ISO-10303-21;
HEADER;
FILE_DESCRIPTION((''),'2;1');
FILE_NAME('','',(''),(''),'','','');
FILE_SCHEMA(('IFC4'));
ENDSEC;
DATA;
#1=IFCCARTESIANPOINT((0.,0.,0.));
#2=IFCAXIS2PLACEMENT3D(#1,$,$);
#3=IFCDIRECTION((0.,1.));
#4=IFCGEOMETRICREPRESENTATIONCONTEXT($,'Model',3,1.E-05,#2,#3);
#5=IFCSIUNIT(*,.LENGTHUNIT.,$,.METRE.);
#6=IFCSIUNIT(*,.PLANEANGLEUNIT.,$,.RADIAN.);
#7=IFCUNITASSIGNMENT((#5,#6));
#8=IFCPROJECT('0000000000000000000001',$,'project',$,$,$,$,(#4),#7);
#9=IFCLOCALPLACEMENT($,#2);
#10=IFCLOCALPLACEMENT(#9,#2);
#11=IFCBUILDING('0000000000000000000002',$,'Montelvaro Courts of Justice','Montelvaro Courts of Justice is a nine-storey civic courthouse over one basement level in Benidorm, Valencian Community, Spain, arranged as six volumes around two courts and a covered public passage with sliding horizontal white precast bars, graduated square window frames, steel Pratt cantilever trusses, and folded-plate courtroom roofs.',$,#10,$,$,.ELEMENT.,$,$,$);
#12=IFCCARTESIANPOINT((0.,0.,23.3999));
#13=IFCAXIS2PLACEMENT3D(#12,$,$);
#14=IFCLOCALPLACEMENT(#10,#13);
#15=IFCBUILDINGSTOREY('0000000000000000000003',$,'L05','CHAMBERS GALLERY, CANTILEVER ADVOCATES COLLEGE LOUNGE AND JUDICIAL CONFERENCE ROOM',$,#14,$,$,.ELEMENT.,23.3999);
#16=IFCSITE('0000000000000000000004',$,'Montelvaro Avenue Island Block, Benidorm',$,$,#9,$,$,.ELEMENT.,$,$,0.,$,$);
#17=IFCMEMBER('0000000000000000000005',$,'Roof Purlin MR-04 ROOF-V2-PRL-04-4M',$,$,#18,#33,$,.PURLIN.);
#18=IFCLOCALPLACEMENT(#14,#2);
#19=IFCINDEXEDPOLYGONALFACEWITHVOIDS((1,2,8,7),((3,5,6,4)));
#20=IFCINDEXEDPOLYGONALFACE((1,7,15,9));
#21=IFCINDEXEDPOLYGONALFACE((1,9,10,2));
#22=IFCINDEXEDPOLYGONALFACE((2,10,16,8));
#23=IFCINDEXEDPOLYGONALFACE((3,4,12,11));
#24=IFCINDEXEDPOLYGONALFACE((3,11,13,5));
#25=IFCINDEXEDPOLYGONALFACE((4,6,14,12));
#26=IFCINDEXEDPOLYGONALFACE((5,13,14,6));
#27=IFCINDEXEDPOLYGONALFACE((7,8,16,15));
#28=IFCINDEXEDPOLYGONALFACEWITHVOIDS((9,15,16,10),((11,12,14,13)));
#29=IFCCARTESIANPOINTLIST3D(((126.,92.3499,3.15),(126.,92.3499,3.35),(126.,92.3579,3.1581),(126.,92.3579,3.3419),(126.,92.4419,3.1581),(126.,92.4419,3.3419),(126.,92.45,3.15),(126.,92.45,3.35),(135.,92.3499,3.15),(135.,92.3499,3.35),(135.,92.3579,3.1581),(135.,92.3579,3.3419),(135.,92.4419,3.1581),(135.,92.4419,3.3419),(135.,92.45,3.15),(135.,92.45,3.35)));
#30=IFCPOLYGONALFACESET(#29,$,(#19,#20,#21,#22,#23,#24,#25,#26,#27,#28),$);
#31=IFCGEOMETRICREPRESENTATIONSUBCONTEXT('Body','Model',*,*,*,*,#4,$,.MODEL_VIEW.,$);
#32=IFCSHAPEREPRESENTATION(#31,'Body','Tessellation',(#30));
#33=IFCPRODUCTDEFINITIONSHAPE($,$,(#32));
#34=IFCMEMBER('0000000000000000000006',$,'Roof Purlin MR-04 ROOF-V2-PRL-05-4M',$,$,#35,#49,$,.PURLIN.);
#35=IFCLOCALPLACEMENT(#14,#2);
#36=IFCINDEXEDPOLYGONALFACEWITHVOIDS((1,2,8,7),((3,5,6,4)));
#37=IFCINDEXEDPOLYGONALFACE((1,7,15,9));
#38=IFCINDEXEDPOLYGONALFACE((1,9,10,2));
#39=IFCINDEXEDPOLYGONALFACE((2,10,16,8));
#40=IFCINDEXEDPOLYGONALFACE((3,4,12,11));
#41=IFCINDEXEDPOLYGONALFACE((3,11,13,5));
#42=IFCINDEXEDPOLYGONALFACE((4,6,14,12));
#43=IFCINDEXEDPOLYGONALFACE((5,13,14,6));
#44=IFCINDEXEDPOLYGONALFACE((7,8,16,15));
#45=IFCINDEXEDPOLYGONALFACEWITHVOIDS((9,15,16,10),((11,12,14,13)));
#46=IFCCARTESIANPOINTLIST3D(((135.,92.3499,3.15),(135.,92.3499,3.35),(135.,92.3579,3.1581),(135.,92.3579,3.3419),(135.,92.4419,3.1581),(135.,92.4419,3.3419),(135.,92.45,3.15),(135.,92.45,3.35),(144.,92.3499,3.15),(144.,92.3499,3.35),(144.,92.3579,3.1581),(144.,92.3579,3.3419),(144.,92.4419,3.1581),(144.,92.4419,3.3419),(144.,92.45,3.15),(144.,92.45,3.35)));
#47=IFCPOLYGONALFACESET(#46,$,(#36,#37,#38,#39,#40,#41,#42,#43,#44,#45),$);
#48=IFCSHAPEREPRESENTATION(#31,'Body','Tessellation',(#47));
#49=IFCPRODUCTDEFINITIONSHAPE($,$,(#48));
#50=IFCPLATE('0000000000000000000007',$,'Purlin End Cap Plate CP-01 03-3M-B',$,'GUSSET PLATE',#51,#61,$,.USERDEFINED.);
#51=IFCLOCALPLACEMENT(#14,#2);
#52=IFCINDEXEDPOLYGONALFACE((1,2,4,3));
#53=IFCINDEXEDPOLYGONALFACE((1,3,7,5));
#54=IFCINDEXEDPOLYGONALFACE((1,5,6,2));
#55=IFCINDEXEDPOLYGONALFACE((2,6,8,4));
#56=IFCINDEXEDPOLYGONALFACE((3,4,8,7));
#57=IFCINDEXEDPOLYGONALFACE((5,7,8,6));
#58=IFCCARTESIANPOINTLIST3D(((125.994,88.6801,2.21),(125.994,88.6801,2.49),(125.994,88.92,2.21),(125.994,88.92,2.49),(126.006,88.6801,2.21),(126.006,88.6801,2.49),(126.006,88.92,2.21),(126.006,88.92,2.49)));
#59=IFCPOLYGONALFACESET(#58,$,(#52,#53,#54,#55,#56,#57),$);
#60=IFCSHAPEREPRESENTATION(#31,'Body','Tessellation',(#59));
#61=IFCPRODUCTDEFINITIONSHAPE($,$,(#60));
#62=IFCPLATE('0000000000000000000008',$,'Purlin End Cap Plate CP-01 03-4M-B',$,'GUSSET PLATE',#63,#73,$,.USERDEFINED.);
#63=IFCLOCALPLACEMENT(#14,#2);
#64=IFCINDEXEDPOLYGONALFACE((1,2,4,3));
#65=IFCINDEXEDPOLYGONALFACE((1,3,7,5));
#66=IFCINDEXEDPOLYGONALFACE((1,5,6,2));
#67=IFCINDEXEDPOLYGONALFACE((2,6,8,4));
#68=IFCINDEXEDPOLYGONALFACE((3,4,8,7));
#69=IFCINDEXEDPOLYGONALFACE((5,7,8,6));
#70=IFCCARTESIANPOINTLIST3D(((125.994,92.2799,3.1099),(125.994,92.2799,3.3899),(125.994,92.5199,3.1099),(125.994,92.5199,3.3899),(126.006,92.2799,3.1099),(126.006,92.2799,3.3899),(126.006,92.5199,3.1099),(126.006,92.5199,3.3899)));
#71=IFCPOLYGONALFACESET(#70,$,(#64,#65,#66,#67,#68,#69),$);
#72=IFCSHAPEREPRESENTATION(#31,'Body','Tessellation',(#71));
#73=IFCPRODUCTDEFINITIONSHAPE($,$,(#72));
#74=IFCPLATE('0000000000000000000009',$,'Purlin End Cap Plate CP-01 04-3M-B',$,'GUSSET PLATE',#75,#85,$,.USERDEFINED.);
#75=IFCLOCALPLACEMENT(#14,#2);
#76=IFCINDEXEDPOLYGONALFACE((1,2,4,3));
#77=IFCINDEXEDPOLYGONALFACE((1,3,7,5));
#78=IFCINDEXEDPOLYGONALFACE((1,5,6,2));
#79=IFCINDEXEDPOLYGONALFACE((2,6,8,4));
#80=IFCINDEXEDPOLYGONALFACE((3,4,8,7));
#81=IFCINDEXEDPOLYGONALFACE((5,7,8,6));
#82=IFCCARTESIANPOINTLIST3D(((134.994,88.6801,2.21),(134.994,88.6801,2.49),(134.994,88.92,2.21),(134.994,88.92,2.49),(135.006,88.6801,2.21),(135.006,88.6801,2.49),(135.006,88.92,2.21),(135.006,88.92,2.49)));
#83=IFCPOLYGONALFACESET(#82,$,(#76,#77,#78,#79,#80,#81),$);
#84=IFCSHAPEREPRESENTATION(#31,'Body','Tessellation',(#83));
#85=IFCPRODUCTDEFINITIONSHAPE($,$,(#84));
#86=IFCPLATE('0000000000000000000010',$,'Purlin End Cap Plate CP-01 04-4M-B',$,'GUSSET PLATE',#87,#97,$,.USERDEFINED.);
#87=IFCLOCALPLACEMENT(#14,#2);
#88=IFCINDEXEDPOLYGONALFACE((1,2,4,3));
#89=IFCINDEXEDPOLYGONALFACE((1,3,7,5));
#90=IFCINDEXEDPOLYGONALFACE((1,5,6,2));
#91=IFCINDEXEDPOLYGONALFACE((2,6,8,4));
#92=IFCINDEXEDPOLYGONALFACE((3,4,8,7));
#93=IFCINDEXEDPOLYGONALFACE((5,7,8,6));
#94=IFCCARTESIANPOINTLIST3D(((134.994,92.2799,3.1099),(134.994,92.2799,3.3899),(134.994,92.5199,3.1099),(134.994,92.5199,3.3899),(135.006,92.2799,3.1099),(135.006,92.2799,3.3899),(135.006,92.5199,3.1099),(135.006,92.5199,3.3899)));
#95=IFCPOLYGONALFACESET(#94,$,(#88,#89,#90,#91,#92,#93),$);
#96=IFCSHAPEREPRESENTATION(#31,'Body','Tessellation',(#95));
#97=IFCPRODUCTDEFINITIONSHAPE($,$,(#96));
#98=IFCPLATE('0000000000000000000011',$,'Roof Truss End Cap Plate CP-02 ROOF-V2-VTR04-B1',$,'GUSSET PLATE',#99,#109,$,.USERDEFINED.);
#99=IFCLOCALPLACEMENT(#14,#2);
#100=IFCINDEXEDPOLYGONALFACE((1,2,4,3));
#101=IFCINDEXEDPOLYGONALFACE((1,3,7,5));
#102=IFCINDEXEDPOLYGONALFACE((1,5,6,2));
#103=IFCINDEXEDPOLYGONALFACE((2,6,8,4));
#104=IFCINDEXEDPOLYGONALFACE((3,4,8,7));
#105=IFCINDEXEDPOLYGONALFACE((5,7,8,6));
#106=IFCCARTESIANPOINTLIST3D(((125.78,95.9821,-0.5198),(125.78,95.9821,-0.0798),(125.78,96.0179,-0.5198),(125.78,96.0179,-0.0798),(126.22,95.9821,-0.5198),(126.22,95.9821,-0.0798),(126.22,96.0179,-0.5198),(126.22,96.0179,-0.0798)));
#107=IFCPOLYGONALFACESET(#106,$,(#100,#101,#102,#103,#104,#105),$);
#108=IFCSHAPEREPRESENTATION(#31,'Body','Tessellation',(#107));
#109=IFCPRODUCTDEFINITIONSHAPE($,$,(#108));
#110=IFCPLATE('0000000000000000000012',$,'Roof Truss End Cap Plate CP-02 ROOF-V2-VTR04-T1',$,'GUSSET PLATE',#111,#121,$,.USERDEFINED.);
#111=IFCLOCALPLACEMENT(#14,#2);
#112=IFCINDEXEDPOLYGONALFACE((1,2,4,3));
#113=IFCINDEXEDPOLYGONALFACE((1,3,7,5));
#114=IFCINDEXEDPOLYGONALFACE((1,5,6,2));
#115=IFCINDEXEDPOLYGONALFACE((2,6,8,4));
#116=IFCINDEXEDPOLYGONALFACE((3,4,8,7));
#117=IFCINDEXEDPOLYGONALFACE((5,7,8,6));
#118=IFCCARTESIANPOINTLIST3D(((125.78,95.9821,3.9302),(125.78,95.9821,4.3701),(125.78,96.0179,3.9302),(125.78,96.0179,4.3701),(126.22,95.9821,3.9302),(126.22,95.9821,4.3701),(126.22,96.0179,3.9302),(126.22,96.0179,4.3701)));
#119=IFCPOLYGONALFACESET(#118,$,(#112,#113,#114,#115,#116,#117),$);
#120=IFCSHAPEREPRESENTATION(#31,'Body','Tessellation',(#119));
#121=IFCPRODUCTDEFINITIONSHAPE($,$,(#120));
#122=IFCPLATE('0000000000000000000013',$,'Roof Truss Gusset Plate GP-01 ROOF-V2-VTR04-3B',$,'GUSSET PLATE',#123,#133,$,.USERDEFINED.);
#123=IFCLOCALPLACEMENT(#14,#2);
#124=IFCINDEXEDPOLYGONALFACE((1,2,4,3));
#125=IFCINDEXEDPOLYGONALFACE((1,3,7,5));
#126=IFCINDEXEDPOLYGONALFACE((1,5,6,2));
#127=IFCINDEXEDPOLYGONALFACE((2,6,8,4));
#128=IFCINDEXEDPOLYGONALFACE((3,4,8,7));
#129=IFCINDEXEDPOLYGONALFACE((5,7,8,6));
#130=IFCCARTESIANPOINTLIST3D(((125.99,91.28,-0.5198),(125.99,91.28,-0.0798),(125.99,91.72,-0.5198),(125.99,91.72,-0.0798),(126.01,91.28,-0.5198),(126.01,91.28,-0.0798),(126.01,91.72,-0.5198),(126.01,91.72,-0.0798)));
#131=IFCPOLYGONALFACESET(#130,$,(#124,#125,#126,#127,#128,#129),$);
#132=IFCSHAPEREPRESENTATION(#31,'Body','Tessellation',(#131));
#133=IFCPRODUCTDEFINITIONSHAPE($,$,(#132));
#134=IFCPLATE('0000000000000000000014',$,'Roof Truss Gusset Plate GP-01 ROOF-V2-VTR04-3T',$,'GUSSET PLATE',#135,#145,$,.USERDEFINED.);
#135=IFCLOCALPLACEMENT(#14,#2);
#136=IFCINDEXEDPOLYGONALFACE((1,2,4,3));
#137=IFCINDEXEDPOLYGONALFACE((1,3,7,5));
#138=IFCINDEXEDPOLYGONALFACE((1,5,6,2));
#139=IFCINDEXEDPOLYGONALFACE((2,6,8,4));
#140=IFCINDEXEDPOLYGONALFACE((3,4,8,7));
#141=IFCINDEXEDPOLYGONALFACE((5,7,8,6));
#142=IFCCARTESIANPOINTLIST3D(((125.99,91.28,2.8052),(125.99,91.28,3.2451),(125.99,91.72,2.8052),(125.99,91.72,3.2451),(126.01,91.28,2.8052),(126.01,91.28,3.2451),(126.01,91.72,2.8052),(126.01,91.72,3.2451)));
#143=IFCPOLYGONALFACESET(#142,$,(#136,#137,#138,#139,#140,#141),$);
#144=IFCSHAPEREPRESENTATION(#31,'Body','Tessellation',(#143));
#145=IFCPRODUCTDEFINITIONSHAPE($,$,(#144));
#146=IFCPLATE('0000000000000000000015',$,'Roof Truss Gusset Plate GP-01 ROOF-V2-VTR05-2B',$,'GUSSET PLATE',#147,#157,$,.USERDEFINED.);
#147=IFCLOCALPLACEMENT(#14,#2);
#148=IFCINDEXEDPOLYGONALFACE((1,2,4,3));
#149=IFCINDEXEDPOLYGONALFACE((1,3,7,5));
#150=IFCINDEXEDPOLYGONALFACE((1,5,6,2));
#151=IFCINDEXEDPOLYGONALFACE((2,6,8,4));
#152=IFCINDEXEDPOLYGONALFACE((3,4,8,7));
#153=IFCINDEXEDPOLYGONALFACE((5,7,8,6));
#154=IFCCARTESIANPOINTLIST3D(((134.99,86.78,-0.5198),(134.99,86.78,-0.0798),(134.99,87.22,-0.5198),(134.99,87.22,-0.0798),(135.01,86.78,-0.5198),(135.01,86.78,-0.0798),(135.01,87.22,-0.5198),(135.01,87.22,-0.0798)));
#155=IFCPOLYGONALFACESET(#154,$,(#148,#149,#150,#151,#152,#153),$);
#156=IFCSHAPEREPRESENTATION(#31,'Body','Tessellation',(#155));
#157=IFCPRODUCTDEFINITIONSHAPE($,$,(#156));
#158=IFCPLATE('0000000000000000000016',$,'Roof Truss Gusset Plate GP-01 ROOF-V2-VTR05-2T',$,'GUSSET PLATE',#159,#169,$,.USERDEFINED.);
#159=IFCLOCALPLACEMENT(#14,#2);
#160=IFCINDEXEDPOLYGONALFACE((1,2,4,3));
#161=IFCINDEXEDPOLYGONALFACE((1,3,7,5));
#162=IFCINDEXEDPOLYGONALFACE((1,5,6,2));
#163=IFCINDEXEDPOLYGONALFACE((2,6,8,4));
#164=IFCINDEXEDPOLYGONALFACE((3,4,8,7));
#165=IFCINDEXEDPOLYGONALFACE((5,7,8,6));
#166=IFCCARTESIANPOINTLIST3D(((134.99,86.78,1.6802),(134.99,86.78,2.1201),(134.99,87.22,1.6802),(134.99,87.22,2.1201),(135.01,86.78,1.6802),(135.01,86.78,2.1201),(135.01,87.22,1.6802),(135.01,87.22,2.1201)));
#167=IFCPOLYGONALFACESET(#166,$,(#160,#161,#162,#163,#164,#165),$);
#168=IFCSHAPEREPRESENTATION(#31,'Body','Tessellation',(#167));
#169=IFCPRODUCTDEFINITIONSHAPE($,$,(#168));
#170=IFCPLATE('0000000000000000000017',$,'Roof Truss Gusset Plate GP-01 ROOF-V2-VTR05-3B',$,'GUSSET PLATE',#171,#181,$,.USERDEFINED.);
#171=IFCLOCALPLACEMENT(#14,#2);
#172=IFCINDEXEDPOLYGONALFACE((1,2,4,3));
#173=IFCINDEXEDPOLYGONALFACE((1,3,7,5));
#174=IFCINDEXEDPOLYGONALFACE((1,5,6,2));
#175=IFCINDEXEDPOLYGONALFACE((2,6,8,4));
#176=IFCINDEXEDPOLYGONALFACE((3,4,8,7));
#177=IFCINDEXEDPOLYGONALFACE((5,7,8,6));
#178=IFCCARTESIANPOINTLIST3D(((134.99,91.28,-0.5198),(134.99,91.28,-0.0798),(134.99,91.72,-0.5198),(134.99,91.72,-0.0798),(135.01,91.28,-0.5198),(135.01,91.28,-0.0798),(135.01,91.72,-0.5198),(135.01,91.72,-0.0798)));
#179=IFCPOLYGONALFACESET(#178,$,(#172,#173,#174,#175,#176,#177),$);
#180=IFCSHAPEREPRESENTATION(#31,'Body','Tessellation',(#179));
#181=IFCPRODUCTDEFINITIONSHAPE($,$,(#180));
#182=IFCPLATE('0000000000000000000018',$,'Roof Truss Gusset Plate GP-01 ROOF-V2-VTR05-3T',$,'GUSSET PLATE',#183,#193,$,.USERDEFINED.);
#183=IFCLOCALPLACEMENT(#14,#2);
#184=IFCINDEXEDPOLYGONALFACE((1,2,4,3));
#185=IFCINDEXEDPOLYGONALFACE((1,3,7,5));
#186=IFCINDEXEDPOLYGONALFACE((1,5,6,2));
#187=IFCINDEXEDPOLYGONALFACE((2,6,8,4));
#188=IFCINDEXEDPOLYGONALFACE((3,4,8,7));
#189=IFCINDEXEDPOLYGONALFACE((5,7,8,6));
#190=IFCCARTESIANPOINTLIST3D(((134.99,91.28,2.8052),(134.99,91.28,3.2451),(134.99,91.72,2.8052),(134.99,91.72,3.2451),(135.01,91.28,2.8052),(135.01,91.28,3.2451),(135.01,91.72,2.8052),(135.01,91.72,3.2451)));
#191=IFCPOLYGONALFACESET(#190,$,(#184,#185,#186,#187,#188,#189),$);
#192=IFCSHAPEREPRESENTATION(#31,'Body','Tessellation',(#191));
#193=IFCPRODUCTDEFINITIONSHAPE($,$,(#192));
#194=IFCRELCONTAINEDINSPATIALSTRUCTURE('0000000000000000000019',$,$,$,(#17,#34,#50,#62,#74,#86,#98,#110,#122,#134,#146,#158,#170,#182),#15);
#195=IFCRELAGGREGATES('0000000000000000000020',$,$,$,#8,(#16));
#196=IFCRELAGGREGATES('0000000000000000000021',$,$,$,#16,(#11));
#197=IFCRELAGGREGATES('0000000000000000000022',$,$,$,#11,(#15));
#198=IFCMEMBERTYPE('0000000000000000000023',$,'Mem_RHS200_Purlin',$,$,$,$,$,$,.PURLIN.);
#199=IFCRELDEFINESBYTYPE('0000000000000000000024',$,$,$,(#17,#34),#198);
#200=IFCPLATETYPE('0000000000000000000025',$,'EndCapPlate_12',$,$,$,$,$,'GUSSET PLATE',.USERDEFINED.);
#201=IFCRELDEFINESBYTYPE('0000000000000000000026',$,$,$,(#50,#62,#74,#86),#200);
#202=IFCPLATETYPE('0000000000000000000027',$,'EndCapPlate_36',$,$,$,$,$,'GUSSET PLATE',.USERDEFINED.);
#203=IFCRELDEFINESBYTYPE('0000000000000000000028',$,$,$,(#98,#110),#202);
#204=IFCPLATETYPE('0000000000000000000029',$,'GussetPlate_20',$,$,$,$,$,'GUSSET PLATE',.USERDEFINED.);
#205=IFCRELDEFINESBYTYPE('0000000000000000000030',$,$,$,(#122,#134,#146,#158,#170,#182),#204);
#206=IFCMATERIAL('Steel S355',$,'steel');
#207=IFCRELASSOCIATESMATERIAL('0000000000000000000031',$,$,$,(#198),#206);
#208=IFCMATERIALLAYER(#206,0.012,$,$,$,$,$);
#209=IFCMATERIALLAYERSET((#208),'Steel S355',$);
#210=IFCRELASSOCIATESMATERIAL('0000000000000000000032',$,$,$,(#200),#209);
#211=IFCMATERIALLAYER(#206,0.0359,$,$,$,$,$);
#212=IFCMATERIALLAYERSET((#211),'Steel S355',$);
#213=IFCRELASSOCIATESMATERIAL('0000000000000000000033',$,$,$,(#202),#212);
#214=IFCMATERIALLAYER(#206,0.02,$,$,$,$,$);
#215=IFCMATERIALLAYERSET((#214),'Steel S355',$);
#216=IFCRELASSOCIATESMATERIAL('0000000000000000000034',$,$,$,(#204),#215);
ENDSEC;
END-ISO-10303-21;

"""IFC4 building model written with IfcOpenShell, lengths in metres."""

from ifc_helpers import new_model, si_unit, direction, frame, origin, origin_2d, place, context, subcontext, project, spatial, rectangle, hollow_rectangle, extrude, material, layer, layer_set, material_profile, profile_set, type_object, element, save


model = new_model("IFC4")

# Units and contexts
model_context = context("Model", 3, precision=1e-05, world=origin(), true_north=direction((0.0, 1.0)))
body_context = subcontext(model_context, "Body", "Model", "MODEL_VIEW")
ifc_project = project(units=[si_unit("LENGTHUNIT", "METRE"), si_unit("PLANEANGLEUNIT", "RADIAN")], contexts=[model_context])

# Site, building, storey
site_placement = place(None, origin())
site = spatial("IfcSite", under=ifc_project, at=site_placement, Name="Montelvaro Avenue Island Block, Benidorm", CompositionType="ELEMENT", RefElevation=0.0)
building_placement = place(site_placement, origin())
building = spatial("IfcBuilding", under=site, at=building_placement, Name="Montelvaro Courts of Justice", Description="Montelvaro Courts of Justice is a nine-storey civic courthouse over one basement level in Benidorm, Valencian Community, Spain, arranged as six volumes around two courts and a covered public passage with sliding horizontal white precast bars, graduated square window frames, steel Pratt cantilever trusses, and folded-plate courtroom roofs.", CompositionType="ELEMENT")
storey_placement = place(building_placement, frame((0.0, 0.0, 23.3999)))
storey = spatial("IfcBuildingStorey", under=building, at=storey_placement, Name="L05", Description="CHAMBERS GALLERY, CANTILEVER ADVOCATES COLLEGE LOUNGE AND JUDICIAL CONFERENCE ROOM", CompositionType="ELEMENT", Elevation=23.3999)

# Members
ifc_material = material(Name="Steel S355", Category="steel")
ifc_material_profile_1 = material_profile(ifc_material, hollow_rectangle(XDim=0.1001, YDim=0.2, WallThickness=0.0081, at=origin_2d()), Name="RHS 200x100x8")
ifc_profile_set_1 = profile_set([ifc_material_profile_1], Name="Steel S355")
member_type_1 = type_object("IfcMemberType", Name="Mem_RHS200_Purlin", PredefinedType="PURLIN", material=ifc_profile_set_1)
for number, where, z_axis, x_axis, name in (
    (1, (126.0, 92.3999, 3.25), (1.0, 0.0, 0.0), (0.0, 1.0, 0.0), "Roof Purlin MR-04 ROOF-V2-PRL-04-4M"),
    (2, (135.0, 92.3999, 3.25), (1.0, 0.0, 0.0), (0.0, 1.0, 0.0), "Roof Purlin MR-04 ROOF-V2-PRL-05-4M"),
):
    element("IfcMember", number, at=place(storey_placement, frame(where, z_axis=z_axis, x_axis=x_axis)), inside=storey, type_object=member_type_1, Name=name, PredefinedType="PURLIN", context=body_context, shape_type="SweptSolid", body=[
        extrude(hollow_rectangle(XDim=0.1001, YDim=0.2, WallThickness=0.0081, at=origin_2d()), origin(), (0.0, 0.0, 1.0), 9.0),
    ])

# Plates
ifc_layer_1 = layer(ifc_material, 0.012)
ifc_layer_set_1 = layer_set([ifc_layer_1], Name="Steel S355")
plate_type_1 = type_object("IfcPlateType", Name="EndCapPlate_12", ElementType="GUSSET PLATE", PredefinedType="USERDEFINED", material=ifc_layer_set_1)
for number, where, z_axis, x_axis, name in (
    (3, (126.0, 88.8, 2.21), (0.0, 0.0, 1.0), (1.0, 0.0, 0.0), "Purlin End Cap Plate CP-01 03-3M-B"),
    (4, (126.0, 92.3999, 3.1099), (0.0, 0.0, 1.0), (1.0, 0.0, 0.0), "Purlin End Cap Plate CP-01 03-4M-B"),
    (5, (135.0, 88.8, 2.21), (0.0, 0.0, 1.0), (1.0, 0.0, 0.0), "Purlin End Cap Plate CP-01 04-3M-B"),
    (6, (135.0, 92.3999, 3.1099), (0.0, 0.0, 1.0), (1.0, 0.0, 0.0), "Purlin End Cap Plate CP-01 04-4M-B"),
):
    element("IfcPlate", number, at=place(storey_placement, frame(where, z_axis=z_axis, x_axis=x_axis)), inside=storey, type_object=plate_type_1, Name=name, ObjectType="GUSSET PLATE", PredefinedType="USERDEFINED", context=body_context, shape_type="SweptSolid", body=[
        extrude(rectangle(XDim=0.012, YDim=0.24, at=origin_2d()), origin(), (0.0, 0.0, 1.0), 0.28),
    ])
ifc_layer_2 = layer(ifc_material, 0.0359)
ifc_layer_set_2 = layer_set([ifc_layer_2], Name="Steel S355")
plate_type_2 = type_object("IfcPlateType", Name="EndCapPlate_36", ElementType="GUSSET PLATE", PredefinedType="USERDEFINED", material=ifc_layer_set_2)
for number, where, z_axis, x_axis, name in (
    (7, (126.0, 96.0, -0.5198), (0.0, 0.0, 1.0), (1.0, 0.0, 0.0), "Roof Truss End Cap Plate CP-02 ROOF-V2-VTR04-B1"),
    (8, (126.0, 96.0, 3.9302), (0.0, 0.0, 1.0), (1.0, 0.0, 0.0), "Roof Truss End Cap Plate CP-02 ROOF-V2-VTR04-T1"),
):
    element("IfcPlate", number, at=place(storey_placement, frame(where, z_axis=z_axis, x_axis=x_axis)), inside=storey, type_object=plate_type_2, Name=name, ObjectType="GUSSET PLATE", PredefinedType="USERDEFINED", context=body_context, shape_type="SweptSolid", body=[
        extrude(rectangle(XDim=0.4399, YDim=0.0359, at=origin_2d()), origin(), (0.0, 0.0, 1.0), 0.4399),
    ])
ifc_layer_3 = layer(ifc_material, 0.02)
ifc_layer_set_3 = layer_set([ifc_layer_3], Name="Steel S355")
plate_type_3 = type_object("IfcPlateType", Name="GussetPlate_20", ElementType="GUSSET PLATE", PredefinedType="USERDEFINED", material=ifc_layer_set_3)
for number, where, z_axis, x_axis, name in (
    (9, (126.0, 91.5, -0.5198), (0.0, 0.0, 1.0), (1.0, 0.0, 0.0), "Roof Truss Gusset Plate GP-01 ROOF-V2-VTR04-3B"),
    (10, (126.0, 91.5, 2.8052), (0.0, 0.0, 1.0), (1.0, 0.0, 0.0), "Roof Truss Gusset Plate GP-01 ROOF-V2-VTR04-3T"),
    (11, (135.0, 87.0, -0.5198), (0.0, 0.0, 1.0), (1.0, 0.0, 0.0), "Roof Truss Gusset Plate GP-01 ROOF-V2-VTR05-2B"),
    (12, (135.0, 87.0, 1.6802), (0.0, 0.0, 1.0), (1.0, 0.0, 0.0), "Roof Truss Gusset Plate GP-01 ROOF-V2-VTR05-2T"),
    (13, (135.0, 91.5, -0.5198), (0.0, 0.0, 1.0), (1.0, 0.0, 0.0), "Roof Truss Gusset Plate GP-01 ROOF-V2-VTR05-3B"),
    (14, (135.0, 91.5, 2.8052), (0.0, 0.0, 1.0), (1.0, 0.0, 0.0), "Roof Truss Gusset Plate GP-01 ROOF-V2-VTR05-3T"),
):
    element("IfcPlate", number, at=place(storey_placement, frame(where, z_axis=z_axis, x_axis=x_axis)), inside=storey, type_object=plate_type_3, Name=name, ObjectType="GUSSET PLATE", PredefinedType="USERDEFINED", context=body_context, shape_type="SweptSolid", body=[
        extrude(rectangle(XDim=0.02, YDim=0.4399, at=origin_2d()), origin(), (0.0, 0.0, 1.0), 0.4399),
    ])

save(model, "model.ifc")
